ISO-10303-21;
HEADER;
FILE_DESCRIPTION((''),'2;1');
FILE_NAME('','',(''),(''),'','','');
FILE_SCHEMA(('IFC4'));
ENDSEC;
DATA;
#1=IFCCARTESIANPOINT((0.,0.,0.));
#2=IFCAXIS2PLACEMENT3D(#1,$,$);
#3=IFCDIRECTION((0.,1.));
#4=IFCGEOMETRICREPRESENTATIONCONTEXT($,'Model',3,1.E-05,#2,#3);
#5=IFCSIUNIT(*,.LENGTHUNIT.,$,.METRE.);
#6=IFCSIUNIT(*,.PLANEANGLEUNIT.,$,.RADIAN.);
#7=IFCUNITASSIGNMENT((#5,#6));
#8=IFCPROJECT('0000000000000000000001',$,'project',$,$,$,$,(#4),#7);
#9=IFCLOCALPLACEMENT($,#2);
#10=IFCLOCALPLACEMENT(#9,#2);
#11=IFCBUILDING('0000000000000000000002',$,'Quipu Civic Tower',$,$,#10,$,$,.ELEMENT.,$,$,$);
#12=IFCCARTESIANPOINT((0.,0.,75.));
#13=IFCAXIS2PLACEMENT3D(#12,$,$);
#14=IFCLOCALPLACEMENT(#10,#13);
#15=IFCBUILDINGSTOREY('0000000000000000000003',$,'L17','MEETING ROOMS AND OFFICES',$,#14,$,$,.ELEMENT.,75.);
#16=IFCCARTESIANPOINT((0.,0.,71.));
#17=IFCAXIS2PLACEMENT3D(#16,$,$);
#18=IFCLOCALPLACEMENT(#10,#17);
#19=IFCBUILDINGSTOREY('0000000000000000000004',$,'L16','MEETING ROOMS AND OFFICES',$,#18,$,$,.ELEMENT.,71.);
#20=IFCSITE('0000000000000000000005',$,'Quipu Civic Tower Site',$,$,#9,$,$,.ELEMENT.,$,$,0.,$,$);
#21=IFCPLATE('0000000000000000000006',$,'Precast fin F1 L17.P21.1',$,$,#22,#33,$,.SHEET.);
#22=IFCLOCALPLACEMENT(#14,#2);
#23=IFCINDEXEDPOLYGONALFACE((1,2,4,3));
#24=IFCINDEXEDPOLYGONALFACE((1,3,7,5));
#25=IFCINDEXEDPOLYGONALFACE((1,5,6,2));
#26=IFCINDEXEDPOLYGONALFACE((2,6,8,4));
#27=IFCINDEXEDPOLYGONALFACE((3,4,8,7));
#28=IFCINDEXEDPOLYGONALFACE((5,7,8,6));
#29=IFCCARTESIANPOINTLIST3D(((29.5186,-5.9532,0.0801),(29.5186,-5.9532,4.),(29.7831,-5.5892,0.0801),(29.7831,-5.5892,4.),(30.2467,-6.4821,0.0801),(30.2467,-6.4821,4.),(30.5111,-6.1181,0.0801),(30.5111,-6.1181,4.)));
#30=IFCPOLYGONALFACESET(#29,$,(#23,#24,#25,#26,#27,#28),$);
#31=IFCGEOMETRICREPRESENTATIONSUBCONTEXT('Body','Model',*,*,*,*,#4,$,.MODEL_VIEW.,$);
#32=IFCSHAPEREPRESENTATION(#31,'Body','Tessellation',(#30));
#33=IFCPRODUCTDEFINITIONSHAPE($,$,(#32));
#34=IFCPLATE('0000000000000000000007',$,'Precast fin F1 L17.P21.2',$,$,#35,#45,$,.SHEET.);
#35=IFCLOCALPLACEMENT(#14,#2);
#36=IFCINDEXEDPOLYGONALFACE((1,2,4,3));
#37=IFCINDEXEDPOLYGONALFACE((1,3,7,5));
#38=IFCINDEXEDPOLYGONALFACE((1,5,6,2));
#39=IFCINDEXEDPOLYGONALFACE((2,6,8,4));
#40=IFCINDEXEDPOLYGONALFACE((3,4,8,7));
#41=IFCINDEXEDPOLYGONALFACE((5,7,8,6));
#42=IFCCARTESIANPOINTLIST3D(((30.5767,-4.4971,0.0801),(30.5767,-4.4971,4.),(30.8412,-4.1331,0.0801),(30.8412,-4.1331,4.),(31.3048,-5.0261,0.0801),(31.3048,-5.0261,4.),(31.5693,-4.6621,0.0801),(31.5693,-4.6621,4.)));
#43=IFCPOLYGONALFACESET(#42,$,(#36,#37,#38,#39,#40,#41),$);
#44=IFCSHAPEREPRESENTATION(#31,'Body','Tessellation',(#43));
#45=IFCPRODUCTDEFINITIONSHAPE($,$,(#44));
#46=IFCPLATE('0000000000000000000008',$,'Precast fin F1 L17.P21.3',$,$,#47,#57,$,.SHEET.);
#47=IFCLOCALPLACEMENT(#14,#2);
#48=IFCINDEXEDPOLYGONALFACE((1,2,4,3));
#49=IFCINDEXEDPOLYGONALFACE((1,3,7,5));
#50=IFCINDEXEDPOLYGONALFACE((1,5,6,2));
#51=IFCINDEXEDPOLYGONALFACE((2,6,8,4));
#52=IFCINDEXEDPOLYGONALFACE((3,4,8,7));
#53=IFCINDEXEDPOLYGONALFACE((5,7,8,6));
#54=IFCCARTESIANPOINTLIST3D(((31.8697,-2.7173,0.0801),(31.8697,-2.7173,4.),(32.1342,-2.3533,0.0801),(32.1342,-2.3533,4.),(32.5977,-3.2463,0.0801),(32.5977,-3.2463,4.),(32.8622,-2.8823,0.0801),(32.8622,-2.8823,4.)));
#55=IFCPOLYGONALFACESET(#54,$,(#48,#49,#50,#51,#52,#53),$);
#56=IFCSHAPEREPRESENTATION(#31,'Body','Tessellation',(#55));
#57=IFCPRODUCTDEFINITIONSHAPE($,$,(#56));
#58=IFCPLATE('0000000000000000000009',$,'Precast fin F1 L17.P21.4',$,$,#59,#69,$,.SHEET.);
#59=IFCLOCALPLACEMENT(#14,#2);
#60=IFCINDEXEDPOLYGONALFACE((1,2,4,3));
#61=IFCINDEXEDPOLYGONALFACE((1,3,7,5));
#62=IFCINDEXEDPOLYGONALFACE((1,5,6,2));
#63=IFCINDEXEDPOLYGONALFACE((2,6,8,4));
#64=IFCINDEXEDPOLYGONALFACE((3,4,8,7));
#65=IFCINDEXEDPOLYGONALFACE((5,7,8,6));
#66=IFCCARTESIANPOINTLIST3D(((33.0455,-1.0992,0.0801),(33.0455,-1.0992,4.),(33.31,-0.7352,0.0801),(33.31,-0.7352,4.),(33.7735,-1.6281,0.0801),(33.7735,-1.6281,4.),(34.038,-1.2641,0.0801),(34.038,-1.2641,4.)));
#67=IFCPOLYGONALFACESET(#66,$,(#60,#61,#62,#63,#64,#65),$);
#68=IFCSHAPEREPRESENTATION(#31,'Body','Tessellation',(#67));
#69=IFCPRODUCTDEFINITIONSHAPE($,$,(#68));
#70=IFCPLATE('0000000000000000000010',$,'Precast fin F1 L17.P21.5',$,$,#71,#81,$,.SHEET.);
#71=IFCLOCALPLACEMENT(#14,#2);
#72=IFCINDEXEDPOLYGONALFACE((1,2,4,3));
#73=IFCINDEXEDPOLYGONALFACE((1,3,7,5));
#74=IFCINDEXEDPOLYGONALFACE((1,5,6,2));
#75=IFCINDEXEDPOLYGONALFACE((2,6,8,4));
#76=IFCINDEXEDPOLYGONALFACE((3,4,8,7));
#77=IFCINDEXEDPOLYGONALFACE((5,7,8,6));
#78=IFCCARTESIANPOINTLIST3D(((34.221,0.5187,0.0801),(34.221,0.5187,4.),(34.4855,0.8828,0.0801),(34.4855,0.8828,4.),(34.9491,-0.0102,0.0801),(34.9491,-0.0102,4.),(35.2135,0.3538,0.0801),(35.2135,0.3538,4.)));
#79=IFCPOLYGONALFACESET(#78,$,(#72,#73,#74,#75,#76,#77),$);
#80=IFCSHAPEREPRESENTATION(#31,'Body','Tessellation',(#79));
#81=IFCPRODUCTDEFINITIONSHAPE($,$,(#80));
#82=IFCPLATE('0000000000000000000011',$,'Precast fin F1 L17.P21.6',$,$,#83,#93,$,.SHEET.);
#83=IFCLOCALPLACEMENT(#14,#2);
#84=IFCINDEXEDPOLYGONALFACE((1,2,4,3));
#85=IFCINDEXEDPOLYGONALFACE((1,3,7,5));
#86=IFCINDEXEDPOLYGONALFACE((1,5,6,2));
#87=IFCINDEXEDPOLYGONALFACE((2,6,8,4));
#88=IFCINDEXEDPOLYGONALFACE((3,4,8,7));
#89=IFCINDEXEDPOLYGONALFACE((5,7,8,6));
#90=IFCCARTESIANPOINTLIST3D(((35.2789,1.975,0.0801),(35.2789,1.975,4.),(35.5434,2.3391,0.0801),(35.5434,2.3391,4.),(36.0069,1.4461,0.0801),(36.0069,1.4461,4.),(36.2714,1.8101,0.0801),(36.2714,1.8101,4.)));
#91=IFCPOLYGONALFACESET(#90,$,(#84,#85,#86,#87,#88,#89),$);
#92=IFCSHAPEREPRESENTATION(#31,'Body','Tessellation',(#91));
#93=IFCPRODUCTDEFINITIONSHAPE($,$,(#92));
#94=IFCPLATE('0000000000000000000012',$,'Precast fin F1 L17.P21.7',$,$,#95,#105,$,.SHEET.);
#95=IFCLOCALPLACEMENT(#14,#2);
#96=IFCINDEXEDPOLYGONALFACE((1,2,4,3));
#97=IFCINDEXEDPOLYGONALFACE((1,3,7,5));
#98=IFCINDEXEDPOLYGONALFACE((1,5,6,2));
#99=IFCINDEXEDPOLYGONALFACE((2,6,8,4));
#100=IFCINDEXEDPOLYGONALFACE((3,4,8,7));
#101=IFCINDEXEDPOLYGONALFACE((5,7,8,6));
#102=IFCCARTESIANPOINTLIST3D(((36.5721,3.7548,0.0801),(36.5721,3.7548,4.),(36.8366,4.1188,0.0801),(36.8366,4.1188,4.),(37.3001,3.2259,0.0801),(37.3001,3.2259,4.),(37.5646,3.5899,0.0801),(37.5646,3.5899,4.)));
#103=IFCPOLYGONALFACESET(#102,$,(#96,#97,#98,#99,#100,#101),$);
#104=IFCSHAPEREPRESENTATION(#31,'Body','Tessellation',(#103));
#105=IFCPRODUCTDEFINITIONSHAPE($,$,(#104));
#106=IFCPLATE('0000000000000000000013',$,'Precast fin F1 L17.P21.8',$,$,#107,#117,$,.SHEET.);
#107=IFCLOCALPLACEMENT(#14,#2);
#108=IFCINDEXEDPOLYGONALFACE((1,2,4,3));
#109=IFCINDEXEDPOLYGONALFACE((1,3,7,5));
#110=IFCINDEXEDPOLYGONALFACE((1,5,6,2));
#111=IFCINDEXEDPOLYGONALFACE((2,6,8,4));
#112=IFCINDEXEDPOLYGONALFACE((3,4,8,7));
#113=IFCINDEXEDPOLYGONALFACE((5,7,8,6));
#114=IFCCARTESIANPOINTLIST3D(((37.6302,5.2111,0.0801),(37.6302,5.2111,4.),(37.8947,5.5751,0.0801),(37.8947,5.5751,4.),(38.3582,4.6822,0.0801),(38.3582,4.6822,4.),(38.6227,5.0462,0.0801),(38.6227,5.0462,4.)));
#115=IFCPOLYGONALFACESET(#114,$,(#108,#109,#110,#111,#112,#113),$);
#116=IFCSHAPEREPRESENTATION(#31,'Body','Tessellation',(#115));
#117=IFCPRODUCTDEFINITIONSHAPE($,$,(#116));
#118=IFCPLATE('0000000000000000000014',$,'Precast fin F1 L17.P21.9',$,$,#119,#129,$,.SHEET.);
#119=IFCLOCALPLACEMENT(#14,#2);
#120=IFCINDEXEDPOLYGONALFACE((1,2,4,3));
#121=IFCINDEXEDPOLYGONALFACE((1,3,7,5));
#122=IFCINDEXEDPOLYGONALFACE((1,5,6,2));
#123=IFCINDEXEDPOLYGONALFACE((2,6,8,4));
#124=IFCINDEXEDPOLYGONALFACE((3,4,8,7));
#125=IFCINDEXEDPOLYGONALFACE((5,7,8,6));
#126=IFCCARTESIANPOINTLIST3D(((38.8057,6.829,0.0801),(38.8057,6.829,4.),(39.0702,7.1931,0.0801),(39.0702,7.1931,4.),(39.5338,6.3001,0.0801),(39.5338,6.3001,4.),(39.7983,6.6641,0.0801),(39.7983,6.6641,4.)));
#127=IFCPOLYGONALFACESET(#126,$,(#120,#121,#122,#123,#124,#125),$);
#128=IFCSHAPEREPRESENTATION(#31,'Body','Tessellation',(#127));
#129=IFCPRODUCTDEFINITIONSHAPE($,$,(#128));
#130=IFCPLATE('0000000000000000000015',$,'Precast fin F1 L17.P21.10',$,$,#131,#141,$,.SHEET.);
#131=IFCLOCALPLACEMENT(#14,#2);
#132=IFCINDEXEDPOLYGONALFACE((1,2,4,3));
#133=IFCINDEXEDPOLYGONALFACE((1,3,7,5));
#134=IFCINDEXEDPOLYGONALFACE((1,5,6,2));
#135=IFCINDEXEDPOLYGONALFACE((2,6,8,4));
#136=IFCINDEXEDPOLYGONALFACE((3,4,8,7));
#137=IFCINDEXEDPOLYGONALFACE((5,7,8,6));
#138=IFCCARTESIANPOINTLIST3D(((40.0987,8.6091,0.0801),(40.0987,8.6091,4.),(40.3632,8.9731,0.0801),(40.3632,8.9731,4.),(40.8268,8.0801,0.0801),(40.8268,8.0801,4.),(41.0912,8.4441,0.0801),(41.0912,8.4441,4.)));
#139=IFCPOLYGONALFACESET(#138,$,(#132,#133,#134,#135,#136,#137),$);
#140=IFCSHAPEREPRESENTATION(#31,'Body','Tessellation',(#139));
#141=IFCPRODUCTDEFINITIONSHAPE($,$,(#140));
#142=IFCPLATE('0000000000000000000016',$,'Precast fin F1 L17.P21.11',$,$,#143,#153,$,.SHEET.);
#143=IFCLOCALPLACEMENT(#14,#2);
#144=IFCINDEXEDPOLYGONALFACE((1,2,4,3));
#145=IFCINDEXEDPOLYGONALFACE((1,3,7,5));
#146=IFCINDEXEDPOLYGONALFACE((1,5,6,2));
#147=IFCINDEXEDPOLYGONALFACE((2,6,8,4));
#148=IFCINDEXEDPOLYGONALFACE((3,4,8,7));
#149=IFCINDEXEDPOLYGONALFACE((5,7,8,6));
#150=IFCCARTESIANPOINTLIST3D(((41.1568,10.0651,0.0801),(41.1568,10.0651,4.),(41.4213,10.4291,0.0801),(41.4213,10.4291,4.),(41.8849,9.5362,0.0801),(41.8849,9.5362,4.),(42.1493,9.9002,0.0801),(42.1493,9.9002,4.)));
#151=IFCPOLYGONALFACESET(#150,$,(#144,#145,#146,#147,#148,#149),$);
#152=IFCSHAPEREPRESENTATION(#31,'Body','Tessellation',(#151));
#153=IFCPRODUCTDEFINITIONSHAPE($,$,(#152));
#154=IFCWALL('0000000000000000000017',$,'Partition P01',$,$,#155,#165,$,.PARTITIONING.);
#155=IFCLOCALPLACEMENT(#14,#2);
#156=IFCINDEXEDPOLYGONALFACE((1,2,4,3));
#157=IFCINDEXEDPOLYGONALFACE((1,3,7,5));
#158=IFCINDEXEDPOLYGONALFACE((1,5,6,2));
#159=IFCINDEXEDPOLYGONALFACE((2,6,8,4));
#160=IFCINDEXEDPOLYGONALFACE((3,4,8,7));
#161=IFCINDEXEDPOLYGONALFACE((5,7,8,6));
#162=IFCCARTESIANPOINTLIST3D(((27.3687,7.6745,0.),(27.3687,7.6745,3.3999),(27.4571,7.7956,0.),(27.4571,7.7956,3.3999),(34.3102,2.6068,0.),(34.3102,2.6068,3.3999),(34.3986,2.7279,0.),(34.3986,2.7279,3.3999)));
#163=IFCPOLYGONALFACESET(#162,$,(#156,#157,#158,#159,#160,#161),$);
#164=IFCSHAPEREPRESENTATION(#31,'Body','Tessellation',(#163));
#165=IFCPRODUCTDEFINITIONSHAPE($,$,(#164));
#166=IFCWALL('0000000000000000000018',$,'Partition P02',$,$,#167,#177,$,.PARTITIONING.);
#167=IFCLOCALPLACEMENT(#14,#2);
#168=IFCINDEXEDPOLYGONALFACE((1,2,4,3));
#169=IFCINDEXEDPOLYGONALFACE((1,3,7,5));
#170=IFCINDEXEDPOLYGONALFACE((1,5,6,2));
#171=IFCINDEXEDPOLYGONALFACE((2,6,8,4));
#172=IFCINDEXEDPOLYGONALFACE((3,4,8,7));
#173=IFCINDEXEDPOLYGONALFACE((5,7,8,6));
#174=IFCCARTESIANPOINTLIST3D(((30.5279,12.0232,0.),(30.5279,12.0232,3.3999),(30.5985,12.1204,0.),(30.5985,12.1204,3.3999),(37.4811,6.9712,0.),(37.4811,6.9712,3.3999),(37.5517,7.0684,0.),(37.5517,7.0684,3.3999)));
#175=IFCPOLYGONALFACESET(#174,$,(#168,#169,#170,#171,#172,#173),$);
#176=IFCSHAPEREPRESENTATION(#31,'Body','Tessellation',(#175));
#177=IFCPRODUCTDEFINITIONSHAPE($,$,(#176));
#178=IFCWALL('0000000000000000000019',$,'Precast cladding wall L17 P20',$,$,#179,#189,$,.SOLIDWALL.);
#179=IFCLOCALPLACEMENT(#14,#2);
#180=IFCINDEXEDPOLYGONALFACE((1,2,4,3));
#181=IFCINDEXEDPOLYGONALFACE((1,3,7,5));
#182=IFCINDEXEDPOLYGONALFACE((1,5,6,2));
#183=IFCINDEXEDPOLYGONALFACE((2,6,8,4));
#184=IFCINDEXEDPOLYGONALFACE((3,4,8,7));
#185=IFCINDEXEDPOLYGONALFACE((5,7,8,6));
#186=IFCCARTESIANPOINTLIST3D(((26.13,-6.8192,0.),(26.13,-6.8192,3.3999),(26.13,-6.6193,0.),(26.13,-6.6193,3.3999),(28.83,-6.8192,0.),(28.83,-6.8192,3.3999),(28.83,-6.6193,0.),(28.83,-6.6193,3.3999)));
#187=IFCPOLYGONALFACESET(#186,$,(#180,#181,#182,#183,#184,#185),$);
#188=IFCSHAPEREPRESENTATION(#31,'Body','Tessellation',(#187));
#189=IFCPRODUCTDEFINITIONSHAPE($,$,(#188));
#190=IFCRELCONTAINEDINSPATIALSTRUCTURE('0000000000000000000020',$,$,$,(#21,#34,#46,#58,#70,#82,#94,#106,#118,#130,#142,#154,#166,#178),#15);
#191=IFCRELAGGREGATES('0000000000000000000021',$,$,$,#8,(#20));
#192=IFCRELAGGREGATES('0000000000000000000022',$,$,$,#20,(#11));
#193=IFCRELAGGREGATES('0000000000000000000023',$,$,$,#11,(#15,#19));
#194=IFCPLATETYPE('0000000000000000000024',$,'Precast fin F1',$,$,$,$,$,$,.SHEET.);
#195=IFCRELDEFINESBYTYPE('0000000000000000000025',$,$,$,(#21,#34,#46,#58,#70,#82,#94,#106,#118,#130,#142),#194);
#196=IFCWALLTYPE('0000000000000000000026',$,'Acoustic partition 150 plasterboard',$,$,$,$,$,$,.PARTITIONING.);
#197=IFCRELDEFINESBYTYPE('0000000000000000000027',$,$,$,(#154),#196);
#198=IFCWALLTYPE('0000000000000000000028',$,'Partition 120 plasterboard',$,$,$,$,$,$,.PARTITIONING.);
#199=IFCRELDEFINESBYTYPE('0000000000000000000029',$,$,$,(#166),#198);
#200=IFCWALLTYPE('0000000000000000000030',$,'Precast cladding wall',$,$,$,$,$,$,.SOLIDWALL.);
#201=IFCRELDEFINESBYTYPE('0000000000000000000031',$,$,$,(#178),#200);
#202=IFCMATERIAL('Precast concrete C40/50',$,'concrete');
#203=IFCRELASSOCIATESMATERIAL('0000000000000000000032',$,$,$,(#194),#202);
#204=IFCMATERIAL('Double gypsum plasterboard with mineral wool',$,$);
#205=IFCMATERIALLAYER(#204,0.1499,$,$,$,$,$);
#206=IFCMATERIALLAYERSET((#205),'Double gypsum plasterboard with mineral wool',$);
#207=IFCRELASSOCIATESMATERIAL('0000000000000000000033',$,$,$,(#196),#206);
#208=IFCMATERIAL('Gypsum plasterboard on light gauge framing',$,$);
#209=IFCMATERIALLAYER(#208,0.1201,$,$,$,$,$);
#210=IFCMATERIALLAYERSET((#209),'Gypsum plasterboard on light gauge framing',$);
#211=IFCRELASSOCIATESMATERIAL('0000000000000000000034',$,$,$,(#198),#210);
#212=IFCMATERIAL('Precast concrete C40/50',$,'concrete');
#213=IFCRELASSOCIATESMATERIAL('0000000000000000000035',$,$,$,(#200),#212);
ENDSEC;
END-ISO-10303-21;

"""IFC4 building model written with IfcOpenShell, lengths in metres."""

from ifc_helpers import new_model, si_unit, direction, frame, frame_2d, origin, origin_2d, place, context, subcontext, project, spatial, rectangle, extrude, material, layer, layer_set, type_object, element, save


model = new_model("IFC4")

# Units and contexts
model_context = context("Model", 3, precision=1e-05, world=origin(), true_north=direction((0.0, 1.0)))
body_context = subcontext(model_context, "Body", "Model", "MODEL_VIEW")
ifc_project = project(units=[si_unit("LENGTHUNIT", "METRE"), si_unit("PLANEANGLEUNIT", "RADIAN")], contexts=[model_context])

# Site, building, storey
site_placement = place(None, origin())
site = spatial("IfcSite", under=ifc_project, at=site_placement, Name="Quipu Civic Tower Site", CompositionType="ELEMENT", RefElevation=0.0)
building_placement = place(site_placement, origin())
building = spatial("IfcBuilding", under=site, at=building_placement, Name="Quipu Civic Tower", CompositionType="ELEMENT")
storey_1_placement = place(building_placement, frame((0.0, 0.0, 75.0)))
storey_1 = spatial("IfcBuildingStorey", under=building, at=storey_1_placement, Name="L17", Description="MEETING ROOMS AND OFFICES", CompositionType="ELEMENT", Elevation=75.0)

# Shared definitions
storey_2_placement = place(building_placement, frame((0.0, 0.0, 71.0)))
storey_2 = spatial("IfcBuildingStorey", under=building, at=storey_2_placement, Name="L16", Description="MEETING ROOMS AND OFFICES", CompositionType="ELEMENT", Elevation=71.0)

# Plates
ifc_material_1 = material(Name="Precast concrete C40/50", Category="concrete")
plate_type_1 = type_object("IfcPlateType", Name="Precast fin F1", PredefinedType="SHEET", material=ifc_material_1)
for number, where, z_axis, x_axis, name in (
    (1, (30.0149, -6.0356, 0.0801), (0.0, 0.0, 1.0), (0.587786, 0.809017, 0.0), "Precast fin F1 L17.P21.1"),
    (2, (31.073, -4.5796, 0.0801), (0.0, 0.0, 1.0), (0.587786, 0.809017, 0.0), "Precast fin F1 L17.P21.2"),
    (3, (32.366, -2.7998, 0.0801), (0.0, 0.0, 1.0), (0.587786, 0.809017, 0.0), "Precast fin F1 L17.P21.3"),
    (4, (33.5417, -1.1816, 0.0801), (0.0, 0.0, 1.0), (0.587786, 0.809017, 0.0), "Precast fin F1 L17.P21.4"),
    (5, (34.7173, 0.4363, 0.0801), (0.0, 0.0, 1.0), (0.587786, 0.809017, 0.0), "Precast fin F1 L17.P21.5"),
    (6, (35.7751, 1.8926, 0.0801), (0.0, 0.0, 1.0), (0.587786, 0.809017, 0.0), "Precast fin F1 L17.P21.6"),
    (7, (37.0684, 3.6724, 0.0801), (0.0, 0.0, 1.0), (0.587786, 0.809017, 0.0), "Precast fin F1 L17.P21.7"),
    (8, (38.1265, 5.1287, 0.0801), (0.0, 0.0, 1.0), (0.587786, 0.809017, 0.0), "Precast fin F1 L17.P21.8"),
    (9, (39.302, 6.7466, 0.0801), (0.0, 0.0, 1.0), (0.587786, 0.809017, 0.0), "Precast fin F1 L17.P21.9"),
    (10, (40.595, 8.5266, 0.0801), (0.0, 0.0, 1.0), (0.587786, 0.809017, 0.0), "Precast fin F1 L17.P21.10"),
    (11, (41.6531, 9.9827, 0.0801), (0.0, 0.0, 1.0), (0.587786, 0.809017, 0.0), "Precast fin F1 L17.P21.11"),
):
    element("IfcPlate", number, at=place(storey_1_placement, frame(where, z_axis=z_axis, x_axis=x_axis)), inside=storey_1, type_object=plate_type_1, Name=name, PredefinedType="SHEET", context=body_context, shape_type="SweptSolid", body=[
        extrude(rectangle(XDim=0.45, YDim=0.8999, at=origin_2d()), origin(), (0.0, 0.0, 1.0), 3.9199),
    ])

# Walls
ifc_material_2 = material(Name="Double gypsum plasterboard with mineral wool")
ifc_layer_1 = layer(ifc_material_2, 0.1499)
ifc_layer_set_1 = layer_set([ifc_layer_1], Name="Double gypsum plasterboard with mineral wool")
wall_type_1 = type_object("IfcWallType", Name="Acoustic partition 150 plasterboard", PredefinedType="PARTITIONING", material=ifc_layer_set_1)
wall_1_placement = place(storey_1_placement, frame((27.4128, 7.7351, 0.0), z_axis=(0.0, 0.0, 1.0), x_axis=(0.807665, -0.589642, 0.0)))
element("IfcWall", 12, at=wall_1_placement, inside=storey_1, type_object=wall_type_1, Name="Partition P01", PredefinedType="PARTITIONING", context=body_context, shape_type="SweptSolid", body=[
    extrude(rectangle(XDim=8.5945, YDim=0.1499, at=frame_2d((4.2974, 0.0))), origin(), (0.0, 0.0, 1.0), 3.3999),
])
ifc_material_3 = material(Name="Gypsum plasterboard on light gauge framing")
ifc_layer_2 = layer(ifc_material_3, 0.1201)
ifc_layer_set_2 = layer_set([ifc_layer_2], Name="Gypsum plasterboard on light gauge framing")
wall_type_2 = type_object("IfcWallType", Name="Partition 120 plasterboard", PredefinedType="PARTITIONING", material=ifc_layer_set_2)
wall_2_placement = place(storey_1_placement, frame((37.5164, 7.0198, 0.0), z_axis=(0.0, 0.0, 1.0), x_axis=(-0.809003, 0.587805, 0.0)))
element("IfcWall", 13, at=wall_2_placement, inside=storey_1, type_object=wall_type_2, Name="Partition P02", PredefinedType="PARTITIONING", context=body_context, shape_type="SweptSolid", body=[
    extrude(rectangle(XDim=8.5947, YDim=0.1201, at=frame_2d((4.2974, 0.0))), origin(), (0.0, 0.0, 1.0), 3.3999),
])
ifc_material_4 = material(Name="Precast concrete C40/50", Category="concrete")
wall_type_3 = type_object("IfcWallType", Name="Precast cladding wall", PredefinedType="SOLIDWALL", material=ifc_material_4)
wall_3_placement = place(storey_1_placement, frame((26.1299, -6.7192, 0.0), z_axis=(0.0, 0.0, 1.0), x_axis=(1.0, 0.0, 0.0)))
element("IfcWall", 14, at=wall_3_placement, inside=storey_1, type_object=wall_type_3, Name="Precast cladding wall L17 P20", PredefinedType="SOLIDWALL", context=body_context, shape_type="SweptSolid", body=[
    extrude(rectangle(XDim=2.7, YDim=0.2, at=frame_2d((1.3501, 0.0))), origin(), (0.0, 0.0, 1.0), 3.3999),
])

save(model, "model.ifc")
